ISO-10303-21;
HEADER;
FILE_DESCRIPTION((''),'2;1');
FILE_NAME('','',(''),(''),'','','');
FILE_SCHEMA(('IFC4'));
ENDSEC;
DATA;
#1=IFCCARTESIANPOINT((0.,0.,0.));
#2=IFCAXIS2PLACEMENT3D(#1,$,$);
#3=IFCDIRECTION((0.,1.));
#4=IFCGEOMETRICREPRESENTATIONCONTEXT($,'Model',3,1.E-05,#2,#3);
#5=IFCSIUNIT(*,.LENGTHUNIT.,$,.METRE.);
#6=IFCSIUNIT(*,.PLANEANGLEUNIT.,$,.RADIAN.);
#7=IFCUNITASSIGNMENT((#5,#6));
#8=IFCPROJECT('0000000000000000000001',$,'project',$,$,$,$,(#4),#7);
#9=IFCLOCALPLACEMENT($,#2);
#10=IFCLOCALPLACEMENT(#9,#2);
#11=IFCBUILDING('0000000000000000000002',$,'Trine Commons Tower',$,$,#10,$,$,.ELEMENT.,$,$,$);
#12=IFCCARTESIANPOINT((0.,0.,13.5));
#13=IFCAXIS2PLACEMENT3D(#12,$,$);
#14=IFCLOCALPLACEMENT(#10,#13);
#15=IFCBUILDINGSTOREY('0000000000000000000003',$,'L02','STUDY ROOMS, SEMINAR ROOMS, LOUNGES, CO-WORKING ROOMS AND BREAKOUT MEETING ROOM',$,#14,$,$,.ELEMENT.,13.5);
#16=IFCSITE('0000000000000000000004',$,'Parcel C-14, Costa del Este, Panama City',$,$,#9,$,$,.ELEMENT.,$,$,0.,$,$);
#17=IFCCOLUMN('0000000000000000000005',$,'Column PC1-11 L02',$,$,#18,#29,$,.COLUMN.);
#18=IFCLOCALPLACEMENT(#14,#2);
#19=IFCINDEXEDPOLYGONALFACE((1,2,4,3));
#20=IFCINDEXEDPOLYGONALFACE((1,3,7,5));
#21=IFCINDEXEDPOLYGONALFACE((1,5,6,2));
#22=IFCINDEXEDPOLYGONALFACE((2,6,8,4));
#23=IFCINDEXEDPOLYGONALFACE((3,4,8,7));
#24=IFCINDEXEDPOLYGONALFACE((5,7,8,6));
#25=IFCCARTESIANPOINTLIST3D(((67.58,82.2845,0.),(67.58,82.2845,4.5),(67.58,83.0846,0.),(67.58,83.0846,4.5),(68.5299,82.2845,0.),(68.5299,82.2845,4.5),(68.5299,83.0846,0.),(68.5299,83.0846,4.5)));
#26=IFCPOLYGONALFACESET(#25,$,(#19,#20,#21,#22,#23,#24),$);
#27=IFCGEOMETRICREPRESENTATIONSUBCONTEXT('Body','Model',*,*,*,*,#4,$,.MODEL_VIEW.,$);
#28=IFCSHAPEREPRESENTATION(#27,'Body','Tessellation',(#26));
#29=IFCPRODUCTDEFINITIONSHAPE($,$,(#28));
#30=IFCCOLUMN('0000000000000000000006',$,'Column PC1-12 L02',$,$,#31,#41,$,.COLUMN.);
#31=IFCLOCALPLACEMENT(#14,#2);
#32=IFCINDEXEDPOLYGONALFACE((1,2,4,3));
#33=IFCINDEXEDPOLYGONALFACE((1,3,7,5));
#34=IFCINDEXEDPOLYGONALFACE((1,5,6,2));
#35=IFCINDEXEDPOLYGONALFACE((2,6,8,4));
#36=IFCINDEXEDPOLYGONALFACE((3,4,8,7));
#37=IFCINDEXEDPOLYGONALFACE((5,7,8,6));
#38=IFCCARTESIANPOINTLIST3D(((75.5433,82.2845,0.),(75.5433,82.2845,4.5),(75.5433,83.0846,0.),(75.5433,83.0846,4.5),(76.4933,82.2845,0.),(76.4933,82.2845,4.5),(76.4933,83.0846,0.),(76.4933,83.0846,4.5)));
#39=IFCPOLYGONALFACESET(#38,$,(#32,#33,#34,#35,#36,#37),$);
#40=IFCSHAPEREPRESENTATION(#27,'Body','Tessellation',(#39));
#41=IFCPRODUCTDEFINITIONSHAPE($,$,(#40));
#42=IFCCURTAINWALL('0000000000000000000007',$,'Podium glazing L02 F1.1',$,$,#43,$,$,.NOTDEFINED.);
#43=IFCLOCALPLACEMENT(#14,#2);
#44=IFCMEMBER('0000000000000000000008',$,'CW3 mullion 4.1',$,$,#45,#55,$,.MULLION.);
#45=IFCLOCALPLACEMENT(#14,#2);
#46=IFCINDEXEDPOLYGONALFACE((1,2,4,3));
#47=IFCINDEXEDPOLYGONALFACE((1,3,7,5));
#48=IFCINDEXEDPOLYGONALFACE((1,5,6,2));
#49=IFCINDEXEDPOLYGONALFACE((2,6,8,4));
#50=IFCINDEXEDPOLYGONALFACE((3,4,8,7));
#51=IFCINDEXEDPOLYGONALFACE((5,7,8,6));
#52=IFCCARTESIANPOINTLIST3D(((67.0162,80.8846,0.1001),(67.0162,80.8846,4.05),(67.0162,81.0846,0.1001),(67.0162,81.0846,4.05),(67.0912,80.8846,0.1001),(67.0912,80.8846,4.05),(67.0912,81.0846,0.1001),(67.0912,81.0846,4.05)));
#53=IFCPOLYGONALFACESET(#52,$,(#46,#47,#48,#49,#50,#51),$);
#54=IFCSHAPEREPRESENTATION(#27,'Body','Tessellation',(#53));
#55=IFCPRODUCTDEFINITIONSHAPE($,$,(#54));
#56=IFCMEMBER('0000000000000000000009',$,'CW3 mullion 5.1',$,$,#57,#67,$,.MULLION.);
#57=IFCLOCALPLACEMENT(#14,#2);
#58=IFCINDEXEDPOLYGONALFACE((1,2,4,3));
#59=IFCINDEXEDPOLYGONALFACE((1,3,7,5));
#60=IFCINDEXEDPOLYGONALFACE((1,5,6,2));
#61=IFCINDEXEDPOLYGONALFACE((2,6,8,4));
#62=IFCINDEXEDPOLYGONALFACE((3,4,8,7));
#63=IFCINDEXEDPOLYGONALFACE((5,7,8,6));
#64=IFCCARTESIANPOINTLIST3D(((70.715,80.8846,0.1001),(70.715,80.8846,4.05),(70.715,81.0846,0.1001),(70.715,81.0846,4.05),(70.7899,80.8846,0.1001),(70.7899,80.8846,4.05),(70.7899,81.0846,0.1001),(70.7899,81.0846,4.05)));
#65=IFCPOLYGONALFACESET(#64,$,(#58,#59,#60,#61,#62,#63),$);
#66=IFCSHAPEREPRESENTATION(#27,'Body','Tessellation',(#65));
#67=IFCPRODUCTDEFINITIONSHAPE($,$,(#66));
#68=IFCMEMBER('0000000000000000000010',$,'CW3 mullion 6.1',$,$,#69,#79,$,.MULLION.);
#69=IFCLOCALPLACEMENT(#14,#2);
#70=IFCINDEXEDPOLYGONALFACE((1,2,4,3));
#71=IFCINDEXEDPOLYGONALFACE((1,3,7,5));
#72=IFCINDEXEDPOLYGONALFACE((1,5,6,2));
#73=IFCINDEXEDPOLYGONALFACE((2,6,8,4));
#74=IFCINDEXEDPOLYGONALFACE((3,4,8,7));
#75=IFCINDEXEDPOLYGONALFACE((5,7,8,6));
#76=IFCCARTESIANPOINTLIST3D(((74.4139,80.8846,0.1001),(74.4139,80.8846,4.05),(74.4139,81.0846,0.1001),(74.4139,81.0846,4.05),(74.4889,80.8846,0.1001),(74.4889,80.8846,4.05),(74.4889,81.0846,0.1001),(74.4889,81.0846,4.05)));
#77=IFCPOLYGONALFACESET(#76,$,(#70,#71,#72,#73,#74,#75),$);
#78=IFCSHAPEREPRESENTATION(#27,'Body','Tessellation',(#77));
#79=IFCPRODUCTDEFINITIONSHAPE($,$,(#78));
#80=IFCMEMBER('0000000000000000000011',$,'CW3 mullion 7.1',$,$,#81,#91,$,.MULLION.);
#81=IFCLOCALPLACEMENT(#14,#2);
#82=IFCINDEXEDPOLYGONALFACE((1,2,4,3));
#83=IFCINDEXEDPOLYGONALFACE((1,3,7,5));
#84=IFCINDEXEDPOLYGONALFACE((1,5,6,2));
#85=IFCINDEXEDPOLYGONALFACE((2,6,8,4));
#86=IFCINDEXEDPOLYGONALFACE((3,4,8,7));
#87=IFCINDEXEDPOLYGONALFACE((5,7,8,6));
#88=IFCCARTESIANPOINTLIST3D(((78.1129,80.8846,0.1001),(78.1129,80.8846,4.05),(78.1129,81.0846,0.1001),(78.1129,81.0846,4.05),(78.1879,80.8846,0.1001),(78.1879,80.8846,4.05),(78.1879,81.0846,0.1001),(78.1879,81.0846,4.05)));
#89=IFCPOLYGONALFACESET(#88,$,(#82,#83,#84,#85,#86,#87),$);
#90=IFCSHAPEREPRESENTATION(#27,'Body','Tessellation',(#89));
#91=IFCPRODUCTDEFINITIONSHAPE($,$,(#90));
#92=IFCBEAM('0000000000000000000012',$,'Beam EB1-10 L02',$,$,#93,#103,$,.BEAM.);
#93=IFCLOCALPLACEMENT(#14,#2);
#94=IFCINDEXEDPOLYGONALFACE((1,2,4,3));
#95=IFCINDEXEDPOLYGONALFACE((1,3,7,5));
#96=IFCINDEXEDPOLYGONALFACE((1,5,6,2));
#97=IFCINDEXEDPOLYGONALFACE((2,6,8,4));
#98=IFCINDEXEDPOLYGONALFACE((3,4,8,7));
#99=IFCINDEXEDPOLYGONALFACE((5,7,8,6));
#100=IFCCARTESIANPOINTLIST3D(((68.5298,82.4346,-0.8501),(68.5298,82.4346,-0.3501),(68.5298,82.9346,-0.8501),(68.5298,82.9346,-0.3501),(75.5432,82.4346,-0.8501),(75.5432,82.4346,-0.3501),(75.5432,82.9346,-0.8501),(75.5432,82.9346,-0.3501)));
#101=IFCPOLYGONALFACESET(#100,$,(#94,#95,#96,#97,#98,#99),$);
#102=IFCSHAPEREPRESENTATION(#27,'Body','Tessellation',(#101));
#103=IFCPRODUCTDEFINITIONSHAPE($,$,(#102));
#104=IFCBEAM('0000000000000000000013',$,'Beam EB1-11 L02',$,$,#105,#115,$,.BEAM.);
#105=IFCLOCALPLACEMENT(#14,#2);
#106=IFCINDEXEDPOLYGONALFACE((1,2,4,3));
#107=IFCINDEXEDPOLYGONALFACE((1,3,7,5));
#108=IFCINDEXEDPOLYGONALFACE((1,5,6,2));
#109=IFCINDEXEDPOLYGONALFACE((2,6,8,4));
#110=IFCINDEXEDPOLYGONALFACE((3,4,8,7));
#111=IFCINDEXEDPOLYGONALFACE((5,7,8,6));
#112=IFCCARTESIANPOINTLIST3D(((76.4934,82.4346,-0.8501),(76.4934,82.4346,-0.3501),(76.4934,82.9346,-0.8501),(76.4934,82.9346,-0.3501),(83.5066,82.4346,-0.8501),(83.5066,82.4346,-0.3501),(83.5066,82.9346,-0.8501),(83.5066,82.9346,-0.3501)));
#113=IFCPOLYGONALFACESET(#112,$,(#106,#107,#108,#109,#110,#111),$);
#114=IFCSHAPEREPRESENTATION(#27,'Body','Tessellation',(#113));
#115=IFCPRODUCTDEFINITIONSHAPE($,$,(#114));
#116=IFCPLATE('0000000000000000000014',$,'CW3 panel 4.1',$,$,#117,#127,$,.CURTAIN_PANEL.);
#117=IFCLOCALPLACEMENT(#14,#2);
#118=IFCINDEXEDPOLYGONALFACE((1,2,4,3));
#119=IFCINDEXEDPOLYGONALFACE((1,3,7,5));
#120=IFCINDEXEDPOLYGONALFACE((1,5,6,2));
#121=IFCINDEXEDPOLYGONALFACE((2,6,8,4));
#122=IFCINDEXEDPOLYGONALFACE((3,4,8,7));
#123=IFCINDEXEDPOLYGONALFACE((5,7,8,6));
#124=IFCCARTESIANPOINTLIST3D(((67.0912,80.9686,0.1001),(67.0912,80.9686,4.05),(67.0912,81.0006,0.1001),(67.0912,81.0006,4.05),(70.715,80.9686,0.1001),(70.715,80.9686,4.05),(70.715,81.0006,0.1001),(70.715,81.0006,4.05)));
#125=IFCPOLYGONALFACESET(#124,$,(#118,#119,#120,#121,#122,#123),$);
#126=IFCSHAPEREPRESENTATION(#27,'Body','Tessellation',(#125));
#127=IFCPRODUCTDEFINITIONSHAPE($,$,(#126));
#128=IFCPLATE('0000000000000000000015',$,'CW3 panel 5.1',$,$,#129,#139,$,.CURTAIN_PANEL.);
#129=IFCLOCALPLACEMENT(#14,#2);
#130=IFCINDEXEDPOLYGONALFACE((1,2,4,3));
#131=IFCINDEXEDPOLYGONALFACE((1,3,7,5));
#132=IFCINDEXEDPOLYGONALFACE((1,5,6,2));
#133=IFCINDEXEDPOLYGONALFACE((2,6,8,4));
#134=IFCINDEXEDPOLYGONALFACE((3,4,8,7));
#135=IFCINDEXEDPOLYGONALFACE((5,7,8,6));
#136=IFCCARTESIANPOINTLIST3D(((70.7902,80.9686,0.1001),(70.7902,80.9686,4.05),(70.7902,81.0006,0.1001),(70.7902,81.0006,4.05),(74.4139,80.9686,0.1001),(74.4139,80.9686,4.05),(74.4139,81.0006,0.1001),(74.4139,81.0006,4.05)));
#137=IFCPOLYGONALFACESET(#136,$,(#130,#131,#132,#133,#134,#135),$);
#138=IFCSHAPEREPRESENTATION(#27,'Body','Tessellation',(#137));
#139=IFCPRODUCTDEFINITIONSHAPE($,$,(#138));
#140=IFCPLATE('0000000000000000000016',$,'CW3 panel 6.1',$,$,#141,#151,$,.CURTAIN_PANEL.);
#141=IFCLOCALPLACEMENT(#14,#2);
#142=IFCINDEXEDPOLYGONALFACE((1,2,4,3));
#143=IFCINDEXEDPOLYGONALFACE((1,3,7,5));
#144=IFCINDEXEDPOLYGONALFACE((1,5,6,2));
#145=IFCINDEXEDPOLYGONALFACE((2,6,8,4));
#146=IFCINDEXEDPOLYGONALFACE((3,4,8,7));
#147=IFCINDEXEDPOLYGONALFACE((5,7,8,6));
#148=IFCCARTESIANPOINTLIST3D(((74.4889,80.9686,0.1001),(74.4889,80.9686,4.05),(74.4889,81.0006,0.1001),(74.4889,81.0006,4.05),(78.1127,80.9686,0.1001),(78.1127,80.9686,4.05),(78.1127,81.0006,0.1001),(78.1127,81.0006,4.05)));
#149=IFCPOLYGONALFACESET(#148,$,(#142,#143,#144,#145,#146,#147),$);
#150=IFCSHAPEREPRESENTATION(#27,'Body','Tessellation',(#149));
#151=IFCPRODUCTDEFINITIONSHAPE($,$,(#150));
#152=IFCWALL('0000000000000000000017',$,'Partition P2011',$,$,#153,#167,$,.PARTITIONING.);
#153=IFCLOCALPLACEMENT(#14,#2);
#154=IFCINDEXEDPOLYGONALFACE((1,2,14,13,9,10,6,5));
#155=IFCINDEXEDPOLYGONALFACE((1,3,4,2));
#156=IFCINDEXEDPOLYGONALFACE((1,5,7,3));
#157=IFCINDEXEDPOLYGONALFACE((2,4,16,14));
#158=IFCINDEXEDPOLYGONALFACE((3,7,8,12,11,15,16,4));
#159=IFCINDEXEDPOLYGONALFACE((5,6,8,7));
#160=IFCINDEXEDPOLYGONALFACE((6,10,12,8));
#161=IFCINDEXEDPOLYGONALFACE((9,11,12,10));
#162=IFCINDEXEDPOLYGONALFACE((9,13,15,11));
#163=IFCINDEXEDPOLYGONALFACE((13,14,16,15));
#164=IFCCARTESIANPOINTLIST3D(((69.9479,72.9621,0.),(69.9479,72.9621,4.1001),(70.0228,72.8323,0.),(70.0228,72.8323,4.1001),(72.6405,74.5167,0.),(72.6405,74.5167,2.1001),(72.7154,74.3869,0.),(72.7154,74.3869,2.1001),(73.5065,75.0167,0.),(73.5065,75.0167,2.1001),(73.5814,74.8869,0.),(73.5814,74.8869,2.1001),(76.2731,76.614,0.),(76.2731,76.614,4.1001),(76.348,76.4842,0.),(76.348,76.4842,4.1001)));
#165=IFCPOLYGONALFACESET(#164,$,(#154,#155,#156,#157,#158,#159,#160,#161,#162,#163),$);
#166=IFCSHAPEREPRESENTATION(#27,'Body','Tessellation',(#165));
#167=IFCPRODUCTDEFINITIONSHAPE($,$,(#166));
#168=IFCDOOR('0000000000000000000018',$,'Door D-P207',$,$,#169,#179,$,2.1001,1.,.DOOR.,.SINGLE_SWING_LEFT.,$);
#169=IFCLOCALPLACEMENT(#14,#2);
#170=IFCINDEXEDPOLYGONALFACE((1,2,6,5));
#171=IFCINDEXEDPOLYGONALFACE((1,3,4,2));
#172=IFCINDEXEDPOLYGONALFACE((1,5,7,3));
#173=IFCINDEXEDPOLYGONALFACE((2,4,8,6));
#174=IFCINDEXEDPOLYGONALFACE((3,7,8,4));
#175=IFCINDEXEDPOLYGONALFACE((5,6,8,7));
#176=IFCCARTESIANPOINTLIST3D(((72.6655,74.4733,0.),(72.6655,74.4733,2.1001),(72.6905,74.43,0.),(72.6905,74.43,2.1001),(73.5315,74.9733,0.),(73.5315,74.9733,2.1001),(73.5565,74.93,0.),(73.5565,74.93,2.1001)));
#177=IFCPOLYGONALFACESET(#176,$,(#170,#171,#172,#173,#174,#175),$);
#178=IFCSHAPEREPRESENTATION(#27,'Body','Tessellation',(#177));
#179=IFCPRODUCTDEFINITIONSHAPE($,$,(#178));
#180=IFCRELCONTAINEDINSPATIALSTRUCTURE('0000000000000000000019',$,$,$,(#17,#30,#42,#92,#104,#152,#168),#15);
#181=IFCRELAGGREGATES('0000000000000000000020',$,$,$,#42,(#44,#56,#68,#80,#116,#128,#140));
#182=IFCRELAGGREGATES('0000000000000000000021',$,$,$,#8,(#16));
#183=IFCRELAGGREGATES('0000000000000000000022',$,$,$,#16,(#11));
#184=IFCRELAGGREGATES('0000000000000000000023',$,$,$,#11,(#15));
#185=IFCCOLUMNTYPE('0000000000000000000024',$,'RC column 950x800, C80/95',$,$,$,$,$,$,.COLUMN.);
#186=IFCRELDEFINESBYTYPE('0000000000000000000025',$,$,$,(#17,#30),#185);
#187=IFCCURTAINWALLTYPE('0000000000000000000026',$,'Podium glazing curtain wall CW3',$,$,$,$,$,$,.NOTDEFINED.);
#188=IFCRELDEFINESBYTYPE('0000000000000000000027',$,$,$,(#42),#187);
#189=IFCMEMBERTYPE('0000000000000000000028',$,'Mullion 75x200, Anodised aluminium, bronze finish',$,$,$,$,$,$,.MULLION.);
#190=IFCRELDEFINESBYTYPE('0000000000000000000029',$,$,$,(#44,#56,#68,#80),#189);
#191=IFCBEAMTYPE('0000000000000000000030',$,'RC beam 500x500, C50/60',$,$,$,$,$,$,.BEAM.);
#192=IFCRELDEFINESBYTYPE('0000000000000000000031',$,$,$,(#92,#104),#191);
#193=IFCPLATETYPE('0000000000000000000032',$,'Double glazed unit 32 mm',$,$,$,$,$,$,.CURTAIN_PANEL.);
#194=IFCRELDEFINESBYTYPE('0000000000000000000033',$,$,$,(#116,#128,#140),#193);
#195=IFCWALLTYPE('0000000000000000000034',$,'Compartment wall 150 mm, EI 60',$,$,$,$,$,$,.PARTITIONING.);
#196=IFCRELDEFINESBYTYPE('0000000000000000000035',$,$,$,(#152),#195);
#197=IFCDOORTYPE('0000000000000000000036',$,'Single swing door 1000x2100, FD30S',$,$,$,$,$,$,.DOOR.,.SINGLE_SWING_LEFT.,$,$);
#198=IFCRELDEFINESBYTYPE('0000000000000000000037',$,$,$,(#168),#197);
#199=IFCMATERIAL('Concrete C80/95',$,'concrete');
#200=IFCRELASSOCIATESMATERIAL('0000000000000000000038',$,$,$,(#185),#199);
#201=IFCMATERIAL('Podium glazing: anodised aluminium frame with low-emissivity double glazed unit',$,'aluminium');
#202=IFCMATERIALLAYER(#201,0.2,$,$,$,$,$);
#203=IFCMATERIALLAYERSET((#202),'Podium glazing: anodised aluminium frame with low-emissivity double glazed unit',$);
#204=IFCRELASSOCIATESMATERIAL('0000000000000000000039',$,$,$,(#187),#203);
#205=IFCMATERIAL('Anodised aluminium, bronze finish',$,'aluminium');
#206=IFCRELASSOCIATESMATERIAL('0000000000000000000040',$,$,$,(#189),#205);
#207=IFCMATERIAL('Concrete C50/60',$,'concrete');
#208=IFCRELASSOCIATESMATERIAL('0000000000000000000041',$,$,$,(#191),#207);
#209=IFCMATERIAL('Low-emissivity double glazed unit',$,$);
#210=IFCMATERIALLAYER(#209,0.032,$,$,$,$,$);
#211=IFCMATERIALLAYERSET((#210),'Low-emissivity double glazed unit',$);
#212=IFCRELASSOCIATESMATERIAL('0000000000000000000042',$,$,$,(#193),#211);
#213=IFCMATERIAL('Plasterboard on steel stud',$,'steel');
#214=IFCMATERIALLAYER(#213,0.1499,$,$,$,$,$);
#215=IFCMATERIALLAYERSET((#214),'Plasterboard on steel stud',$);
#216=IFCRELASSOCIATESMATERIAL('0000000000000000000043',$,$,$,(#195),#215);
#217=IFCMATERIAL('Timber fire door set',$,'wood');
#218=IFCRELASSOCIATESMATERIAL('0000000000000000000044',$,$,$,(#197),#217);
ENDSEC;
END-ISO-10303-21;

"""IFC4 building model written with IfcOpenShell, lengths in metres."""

from ifc_helpers import new_model, si_unit, direction, frame, frame_2d, origin, origin_2d, place, context, subcontext, project, spatial, rectangle, extrude, material, layer, layer_set, material_profile, profile_set, type_object, element, fill, aggregate, save


model = new_model("IFC4")

# Units and contexts
model_context = context("Model", 3, precision=1e-05, world=origin(), true_north=direction((0.0, 1.0)))
body_context = subcontext(model_context, "Body", "Model", "MODEL_VIEW")
ifc_project = project(units=[si_unit("LENGTHUNIT", "METRE"), si_unit("PLANEANGLEUNIT", "RADIAN")], contexts=[model_context])

# Site, building, storey
site_placement = place(None, origin())
site = spatial("IfcSite", under=ifc_project, at=site_placement, Name="Parcel C-14, Costa del Este, Panama City", CompositionType="ELEMENT", RefElevation=0.0)
building_placement = place(site_placement, origin())
building = spatial("IfcBuilding", under=site, at=building_placement, Name="Trine Commons Tower", CompositionType="ELEMENT")
storey_placement = place(building_placement, frame((0.0, 0.0, 13.5)))
storey = spatial("IfcBuildingStorey", under=building, at=storey_placement, Name="L02", Description="STUDY ROOMS, SEMINAR ROOMS, LOUNGES, CO-WORKING ROOMS AND BREAKOUT MEETING ROOM", CompositionType="ELEMENT", Elevation=13.5)

# Columns
ifc_material_1 = material(Name="Concrete C80/95", Category="concrete")
ifc_material_profile_1 = material_profile(ifc_material_1, rectangle(XDim=0.95, YDim=0.8, at=origin_2d()), Name="RC 950x800")
ifc_profile_set_1 = profile_set([ifc_material_profile_1], Name="Concrete C80/95")
column_type = type_object("IfcColumnType", Name="RC column 950x800, C80/95", PredefinedType="COLUMN", material=ifc_profile_set_1)
for number, where, z_axis, x_axis, name in (
    (1, (68.0549, 82.6846, 0.0), (0.0, 0.0, 1.0), (1.0, 0.0, 0.0), "Column PC1-11 L02"),
    (2, (76.0183, 82.6846, 0.0), (0.0, 0.0, 1.0), (1.0, 0.0, 0.0), "Column PC1-12 L02"),
):
    element("IfcColumn", number, at=place(storey_placement, frame(where, z_axis=z_axis, x_axis=x_axis)), inside=storey, type_object=column_type, Name=name, PredefinedType="COLUMN", context=body_context, shape_type="SweptSolid", body=[
        extrude(rectangle(XDim=0.95, YDim=0.8, at=origin_2d()), origin(), (0.0, 0.0, 1.0), 4.5),
    ])

# Curtain wall, members
ifc_material_2 = material(Name="Podium glazing: anodised aluminium frame with low-emissivity double glazed unit", Category="aluminium")
ifc_layer_1 = layer(ifc_material_2, 0.2)
ifc_layer_set_1 = layer_set([ifc_layer_1], Name="Podium glazing: anodised aluminium frame with low-emissivity double glazed unit")
curtain_wall_type = type_object("IfcCurtainWallType", Name="Podium glazing curtain wall CW3", PredefinedType="NOTDEFINED", material=ifc_layer_set_1)
curtain_wall_placement = place(storey_placement, origin())
curtain_wall = element("IfcCurtainWall", 3, at=curtain_wall_placement, inside=storey, type_object=curtain_wall_type, Name="Podium glazing L02 F1.1", PredefinedType="NOTDEFINED")
ifc_material_3 = material(Name="Anodised aluminium, bronze finish", Category="aluminium")
ifc_material_profile_2 = material_profile(ifc_material_3, rectangle(XDim=0.2, YDim=0.075, at=origin_2d()), Name="Mullion 75x200")
ifc_profile_set_2 = profile_set([ifc_material_profile_2], Name="Anodised aluminium, bronze finish")
member_type = type_object("IfcMemberType", Name="Mullion 75x200, Anodised aluminium, bronze finish", PredefinedType="MULLION", material=ifc_profile_set_2)
member_1_placement = place(storey_placement, frame((67.0537, 80.9846, 0.1001), z_axis=(0.0, 0.0, 1.0), x_axis=(0.0, 1.0, 0.0)))
member_1 = element("IfcMember", 4, at=member_1_placement, type_object=member_type, Name="CW3 mullion 4.1", PredefinedType="MULLION", context=body_context, shape_type="SweptSolid", body=[
    extrude(rectangle(XDim=0.2, YDim=0.075, at=origin_2d()), origin(), (0.0, 0.0, 1.0), 3.95),
])
member_2_placement = place(storey_placement, frame((70.7524, 80.9846, 0.1001), z_axis=(0.0, 0.0, 1.0), x_axis=(0.0, 1.0, 0.0)))
member_2 = element("IfcMember", 5, at=member_2_placement, type_object=member_type, Name="CW3 mullion 5.1", PredefinedType="MULLION", context=body_context, shape_type="SweptSolid", body=[
    extrude(rectangle(XDim=0.2, YDim=0.075, at=origin_2d()), origin(), (0.0, 0.0, 1.0), 3.95),
])
member_3_placement = place(storey_placement, frame((74.4514, 80.9846, 0.1001), z_axis=(0.0, 0.0, 1.0), x_axis=(0.0, 1.0, 0.0)))
member_3 = element("IfcMember", 6, at=member_3_placement, type_object=member_type, Name="CW3 mullion 6.1", PredefinedType="MULLION", context=body_context, shape_type="SweptSolid", body=[
    extrude(rectangle(XDim=0.2, YDim=0.075, at=origin_2d()), origin(), (0.0, 0.0, 1.0), 3.95),
])
member_4_placement = place(storey_placement, frame((78.1504, 80.9846, 0.1001), z_axis=(0.0, 0.0, 1.0), x_axis=(0.0, 1.0, 0.0)))
member_4 = element("IfcMember", 7, at=member_4_placement, type_object=member_type, Name="CW3 mullion 7.1", PredefinedType="MULLION", context=body_context, shape_type="SweptSolid", body=[
    extrude(rectangle(XDim=0.2, YDim=0.075, at=origin_2d()), origin(), (0.0, 0.0, 1.0), 3.95),
])

# Beams
ifc_material_4 = material(Name="Concrete C50/60", Category="concrete")
ifc_material_profile_3 = material_profile(ifc_material_4, rectangle(XDim=0.5, YDim=0.5, at=origin_2d()), Name="RC 500x500")
ifc_profile_set_3 = profile_set([ifc_material_profile_3], Name="Concrete C50/60")
beam_type = type_object("IfcBeamType", Name="RC beam 500x500, C50/60", PredefinedType="BEAM", material=ifc_profile_set_3)
beam_1_placement = place(storey_placement, frame((68.5298, 82.6846, -0.6001), z_axis=(1.0, 0.0, 0.0), x_axis=(0.0, 1.0, 0.0)))
element("IfcBeam", 8, at=beam_1_placement, inside=storey, type_object=beam_type, Name="Beam EB1-10 L02", PredefinedType="BEAM", context=body_context, shape_type="SweptSolid", body=[
    extrude(rectangle(XDim=0.5, YDim=0.5, at=origin_2d()), origin(), (0.0, 0.0, 1.0), 7.0134),
])
beam_2_placement = place(storey_placement, frame((76.4934, 82.6846, -0.6001), z_axis=(1.0, 0.0, 0.0), x_axis=(0.0, 1.0, 0.0)))
element("IfcBeam", 9, at=beam_2_placement, inside=storey, type_object=beam_type, Name="Beam EB1-11 L02", PredefinedType="BEAM", context=body_context, shape_type="SweptSolid", body=[
    extrude(rectangle(XDim=0.5, YDim=0.5, at=origin_2d()), origin(), (0.0, 0.0, 1.0), 7.0132),
])

# Plates
ifc_material_5 = material(Name="Low-emissivity double glazed unit")
ifc_layer_2 = layer(ifc_material_5, 0.032)
ifc_layer_set_2 = layer_set([ifc_layer_2], Name="Low-emissivity double glazed unit")
plate_type = type_object("IfcPlateType", Name="Double glazed unit 32 mm", PredefinedType="CURTAIN_PANEL", material=ifc_layer_set_2)
plate_1_placement = place(storey_placement, frame((68.9031, 80.9846, 0.1001), z_axis=(0.0, 0.0, 1.0), x_axis=(1.0, 0.0, 0.0)))
plate_1 = element("IfcPlate", 10, at=plate_1_placement, type_object=plate_type, Name="CW3 panel 4.1", PredefinedType="CURTAIN_PANEL", context=body_context, shape_type="SweptSolid", body=[
    extrude(rectangle(XDim=3.6238, YDim=0.032, at=origin_2d()), origin(), (0.0, 0.0, 1.0), 3.95),
])
plate_2_placement = place(storey_placement, frame((72.6021, 80.9846, 0.1001), z_axis=(0.0, 0.0, 1.0), x_axis=(1.0, 0.0, 0.0)))
plate_2 = element("IfcPlate", 11, at=plate_2_placement, type_object=plate_type, Name="CW3 panel 5.1", PredefinedType="CURTAIN_PANEL", context=body_context, shape_type="SweptSolid", body=[
    extrude(rectangle(XDim=3.6238, YDim=0.032, at=origin_2d()), origin(), (0.0, 0.0, 1.0), 3.95),
])
plate_3_placement = place(storey_placement, frame((76.3008, 80.9846, 0.1001), z_axis=(0.0, 0.0, 1.0), x_axis=(1.0, 0.0, 0.0)))
plate_3 = element("IfcPlate", 12, at=plate_3_placement, type_object=plate_type, Name="CW3 panel 6.1", PredefinedType="CURTAIN_PANEL", context=body_context, shape_type="SweptSolid", body=[
    extrude(rectangle(XDim=3.6238, YDim=0.032, at=origin_2d()), origin(), (0.0, 0.0, 1.0), 3.95),
])
aggregate(curtain_wall, [member_1, member_2, member_3, member_4, plate_1, plate_2, plate_3])

# Wall, opening, door
ifc_material_6 = material(Name="Plasterboard on steel stud", Category="steel")
ifc_layer_3 = layer(ifc_material_6, 0.1499)
ifc_layer_set_3 = layer_set([ifc_layer_3], Name="Plasterboard on steel stud")
wall_type_1 = type_object("IfcWallType", Name="Compartment wall 150 mm, EI 60", PredefinedType="PARTITIONING", material=ifc_layer_set_3)
wall_1_placement = place(storey_placement, frame((69.9854, 72.8972, 0.0), z_axis=(0.0, 0.0, 1.0), x_axis=(0.866025, 0.5, 0.0)))
wall_1 = element("IfcWall", 13, at=wall_1_placement, inside=storey, type_object=wall_type_1, Name="Partition P2011", PredefinedType="PARTITIONING", context=body_context, shape_type="SweptSolid", body=[
    extrude(rectangle(XDim=7.3037, YDim=0.1499, at=frame_2d((3.6519, 0.0))), origin(), (0.0, 0.0, 1.0), 4.1001),
])
opening_1_placement = place(wall_1_placement, frame((3.1091, 0.0, 0.0)))
opening_1 = element("IfcOpeningElement", 14, at=opening_1_placement, cuts=wall_1, PredefinedType="OPENING", context=body_context, shape_type="SweptSolid", body=[
    extrude(rectangle(XDim=1.0, YDim=2.1001, at=frame_2d((0.5, 1.05))), frame((0.0, 0.085, 0.0), z_axis=(0.0, -1.0, 0.0), x_axis=(1.0, 0.0, 0.0)), (0.0, 0.0, 1.0), 0.1699),
])
ifc_material_7 = material(Name="Timber fire door set", Category="wood")
door_type_1 = type_object("IfcDoorType", Name="Single swing door 1000x2100, FD30S", OperationType="SINGLE_SWING_LEFT", PredefinedType="DOOR", material=ifc_material_7)
door_1_placement = place(opening_1_placement, origin())
door_1 = element("IfcDoor", 15, at=door_1_placement, inside=storey, type_object=door_type_1, Name="Door D-P207", OperationType="SINGLE_SWING_LEFT", OverallHeight=2.1001, OverallWidth=1.0, PredefinedType="DOOR", context=body_context, shape_type="SweptSolid", body=[
    extrude(rectangle(XDim=1.0, YDim=2.1001, at=frame_2d((0.5, 1.05))), frame((0.0, 0.0249, 0.0), z_axis=(0.0, -1.0, 0.0), x_axis=(1.0, 0.0, 0.0)), (0.0, 0.0, 1.0), 0.05),
])
fill(opening_1, door_1)

save(model, "model.ifc")
